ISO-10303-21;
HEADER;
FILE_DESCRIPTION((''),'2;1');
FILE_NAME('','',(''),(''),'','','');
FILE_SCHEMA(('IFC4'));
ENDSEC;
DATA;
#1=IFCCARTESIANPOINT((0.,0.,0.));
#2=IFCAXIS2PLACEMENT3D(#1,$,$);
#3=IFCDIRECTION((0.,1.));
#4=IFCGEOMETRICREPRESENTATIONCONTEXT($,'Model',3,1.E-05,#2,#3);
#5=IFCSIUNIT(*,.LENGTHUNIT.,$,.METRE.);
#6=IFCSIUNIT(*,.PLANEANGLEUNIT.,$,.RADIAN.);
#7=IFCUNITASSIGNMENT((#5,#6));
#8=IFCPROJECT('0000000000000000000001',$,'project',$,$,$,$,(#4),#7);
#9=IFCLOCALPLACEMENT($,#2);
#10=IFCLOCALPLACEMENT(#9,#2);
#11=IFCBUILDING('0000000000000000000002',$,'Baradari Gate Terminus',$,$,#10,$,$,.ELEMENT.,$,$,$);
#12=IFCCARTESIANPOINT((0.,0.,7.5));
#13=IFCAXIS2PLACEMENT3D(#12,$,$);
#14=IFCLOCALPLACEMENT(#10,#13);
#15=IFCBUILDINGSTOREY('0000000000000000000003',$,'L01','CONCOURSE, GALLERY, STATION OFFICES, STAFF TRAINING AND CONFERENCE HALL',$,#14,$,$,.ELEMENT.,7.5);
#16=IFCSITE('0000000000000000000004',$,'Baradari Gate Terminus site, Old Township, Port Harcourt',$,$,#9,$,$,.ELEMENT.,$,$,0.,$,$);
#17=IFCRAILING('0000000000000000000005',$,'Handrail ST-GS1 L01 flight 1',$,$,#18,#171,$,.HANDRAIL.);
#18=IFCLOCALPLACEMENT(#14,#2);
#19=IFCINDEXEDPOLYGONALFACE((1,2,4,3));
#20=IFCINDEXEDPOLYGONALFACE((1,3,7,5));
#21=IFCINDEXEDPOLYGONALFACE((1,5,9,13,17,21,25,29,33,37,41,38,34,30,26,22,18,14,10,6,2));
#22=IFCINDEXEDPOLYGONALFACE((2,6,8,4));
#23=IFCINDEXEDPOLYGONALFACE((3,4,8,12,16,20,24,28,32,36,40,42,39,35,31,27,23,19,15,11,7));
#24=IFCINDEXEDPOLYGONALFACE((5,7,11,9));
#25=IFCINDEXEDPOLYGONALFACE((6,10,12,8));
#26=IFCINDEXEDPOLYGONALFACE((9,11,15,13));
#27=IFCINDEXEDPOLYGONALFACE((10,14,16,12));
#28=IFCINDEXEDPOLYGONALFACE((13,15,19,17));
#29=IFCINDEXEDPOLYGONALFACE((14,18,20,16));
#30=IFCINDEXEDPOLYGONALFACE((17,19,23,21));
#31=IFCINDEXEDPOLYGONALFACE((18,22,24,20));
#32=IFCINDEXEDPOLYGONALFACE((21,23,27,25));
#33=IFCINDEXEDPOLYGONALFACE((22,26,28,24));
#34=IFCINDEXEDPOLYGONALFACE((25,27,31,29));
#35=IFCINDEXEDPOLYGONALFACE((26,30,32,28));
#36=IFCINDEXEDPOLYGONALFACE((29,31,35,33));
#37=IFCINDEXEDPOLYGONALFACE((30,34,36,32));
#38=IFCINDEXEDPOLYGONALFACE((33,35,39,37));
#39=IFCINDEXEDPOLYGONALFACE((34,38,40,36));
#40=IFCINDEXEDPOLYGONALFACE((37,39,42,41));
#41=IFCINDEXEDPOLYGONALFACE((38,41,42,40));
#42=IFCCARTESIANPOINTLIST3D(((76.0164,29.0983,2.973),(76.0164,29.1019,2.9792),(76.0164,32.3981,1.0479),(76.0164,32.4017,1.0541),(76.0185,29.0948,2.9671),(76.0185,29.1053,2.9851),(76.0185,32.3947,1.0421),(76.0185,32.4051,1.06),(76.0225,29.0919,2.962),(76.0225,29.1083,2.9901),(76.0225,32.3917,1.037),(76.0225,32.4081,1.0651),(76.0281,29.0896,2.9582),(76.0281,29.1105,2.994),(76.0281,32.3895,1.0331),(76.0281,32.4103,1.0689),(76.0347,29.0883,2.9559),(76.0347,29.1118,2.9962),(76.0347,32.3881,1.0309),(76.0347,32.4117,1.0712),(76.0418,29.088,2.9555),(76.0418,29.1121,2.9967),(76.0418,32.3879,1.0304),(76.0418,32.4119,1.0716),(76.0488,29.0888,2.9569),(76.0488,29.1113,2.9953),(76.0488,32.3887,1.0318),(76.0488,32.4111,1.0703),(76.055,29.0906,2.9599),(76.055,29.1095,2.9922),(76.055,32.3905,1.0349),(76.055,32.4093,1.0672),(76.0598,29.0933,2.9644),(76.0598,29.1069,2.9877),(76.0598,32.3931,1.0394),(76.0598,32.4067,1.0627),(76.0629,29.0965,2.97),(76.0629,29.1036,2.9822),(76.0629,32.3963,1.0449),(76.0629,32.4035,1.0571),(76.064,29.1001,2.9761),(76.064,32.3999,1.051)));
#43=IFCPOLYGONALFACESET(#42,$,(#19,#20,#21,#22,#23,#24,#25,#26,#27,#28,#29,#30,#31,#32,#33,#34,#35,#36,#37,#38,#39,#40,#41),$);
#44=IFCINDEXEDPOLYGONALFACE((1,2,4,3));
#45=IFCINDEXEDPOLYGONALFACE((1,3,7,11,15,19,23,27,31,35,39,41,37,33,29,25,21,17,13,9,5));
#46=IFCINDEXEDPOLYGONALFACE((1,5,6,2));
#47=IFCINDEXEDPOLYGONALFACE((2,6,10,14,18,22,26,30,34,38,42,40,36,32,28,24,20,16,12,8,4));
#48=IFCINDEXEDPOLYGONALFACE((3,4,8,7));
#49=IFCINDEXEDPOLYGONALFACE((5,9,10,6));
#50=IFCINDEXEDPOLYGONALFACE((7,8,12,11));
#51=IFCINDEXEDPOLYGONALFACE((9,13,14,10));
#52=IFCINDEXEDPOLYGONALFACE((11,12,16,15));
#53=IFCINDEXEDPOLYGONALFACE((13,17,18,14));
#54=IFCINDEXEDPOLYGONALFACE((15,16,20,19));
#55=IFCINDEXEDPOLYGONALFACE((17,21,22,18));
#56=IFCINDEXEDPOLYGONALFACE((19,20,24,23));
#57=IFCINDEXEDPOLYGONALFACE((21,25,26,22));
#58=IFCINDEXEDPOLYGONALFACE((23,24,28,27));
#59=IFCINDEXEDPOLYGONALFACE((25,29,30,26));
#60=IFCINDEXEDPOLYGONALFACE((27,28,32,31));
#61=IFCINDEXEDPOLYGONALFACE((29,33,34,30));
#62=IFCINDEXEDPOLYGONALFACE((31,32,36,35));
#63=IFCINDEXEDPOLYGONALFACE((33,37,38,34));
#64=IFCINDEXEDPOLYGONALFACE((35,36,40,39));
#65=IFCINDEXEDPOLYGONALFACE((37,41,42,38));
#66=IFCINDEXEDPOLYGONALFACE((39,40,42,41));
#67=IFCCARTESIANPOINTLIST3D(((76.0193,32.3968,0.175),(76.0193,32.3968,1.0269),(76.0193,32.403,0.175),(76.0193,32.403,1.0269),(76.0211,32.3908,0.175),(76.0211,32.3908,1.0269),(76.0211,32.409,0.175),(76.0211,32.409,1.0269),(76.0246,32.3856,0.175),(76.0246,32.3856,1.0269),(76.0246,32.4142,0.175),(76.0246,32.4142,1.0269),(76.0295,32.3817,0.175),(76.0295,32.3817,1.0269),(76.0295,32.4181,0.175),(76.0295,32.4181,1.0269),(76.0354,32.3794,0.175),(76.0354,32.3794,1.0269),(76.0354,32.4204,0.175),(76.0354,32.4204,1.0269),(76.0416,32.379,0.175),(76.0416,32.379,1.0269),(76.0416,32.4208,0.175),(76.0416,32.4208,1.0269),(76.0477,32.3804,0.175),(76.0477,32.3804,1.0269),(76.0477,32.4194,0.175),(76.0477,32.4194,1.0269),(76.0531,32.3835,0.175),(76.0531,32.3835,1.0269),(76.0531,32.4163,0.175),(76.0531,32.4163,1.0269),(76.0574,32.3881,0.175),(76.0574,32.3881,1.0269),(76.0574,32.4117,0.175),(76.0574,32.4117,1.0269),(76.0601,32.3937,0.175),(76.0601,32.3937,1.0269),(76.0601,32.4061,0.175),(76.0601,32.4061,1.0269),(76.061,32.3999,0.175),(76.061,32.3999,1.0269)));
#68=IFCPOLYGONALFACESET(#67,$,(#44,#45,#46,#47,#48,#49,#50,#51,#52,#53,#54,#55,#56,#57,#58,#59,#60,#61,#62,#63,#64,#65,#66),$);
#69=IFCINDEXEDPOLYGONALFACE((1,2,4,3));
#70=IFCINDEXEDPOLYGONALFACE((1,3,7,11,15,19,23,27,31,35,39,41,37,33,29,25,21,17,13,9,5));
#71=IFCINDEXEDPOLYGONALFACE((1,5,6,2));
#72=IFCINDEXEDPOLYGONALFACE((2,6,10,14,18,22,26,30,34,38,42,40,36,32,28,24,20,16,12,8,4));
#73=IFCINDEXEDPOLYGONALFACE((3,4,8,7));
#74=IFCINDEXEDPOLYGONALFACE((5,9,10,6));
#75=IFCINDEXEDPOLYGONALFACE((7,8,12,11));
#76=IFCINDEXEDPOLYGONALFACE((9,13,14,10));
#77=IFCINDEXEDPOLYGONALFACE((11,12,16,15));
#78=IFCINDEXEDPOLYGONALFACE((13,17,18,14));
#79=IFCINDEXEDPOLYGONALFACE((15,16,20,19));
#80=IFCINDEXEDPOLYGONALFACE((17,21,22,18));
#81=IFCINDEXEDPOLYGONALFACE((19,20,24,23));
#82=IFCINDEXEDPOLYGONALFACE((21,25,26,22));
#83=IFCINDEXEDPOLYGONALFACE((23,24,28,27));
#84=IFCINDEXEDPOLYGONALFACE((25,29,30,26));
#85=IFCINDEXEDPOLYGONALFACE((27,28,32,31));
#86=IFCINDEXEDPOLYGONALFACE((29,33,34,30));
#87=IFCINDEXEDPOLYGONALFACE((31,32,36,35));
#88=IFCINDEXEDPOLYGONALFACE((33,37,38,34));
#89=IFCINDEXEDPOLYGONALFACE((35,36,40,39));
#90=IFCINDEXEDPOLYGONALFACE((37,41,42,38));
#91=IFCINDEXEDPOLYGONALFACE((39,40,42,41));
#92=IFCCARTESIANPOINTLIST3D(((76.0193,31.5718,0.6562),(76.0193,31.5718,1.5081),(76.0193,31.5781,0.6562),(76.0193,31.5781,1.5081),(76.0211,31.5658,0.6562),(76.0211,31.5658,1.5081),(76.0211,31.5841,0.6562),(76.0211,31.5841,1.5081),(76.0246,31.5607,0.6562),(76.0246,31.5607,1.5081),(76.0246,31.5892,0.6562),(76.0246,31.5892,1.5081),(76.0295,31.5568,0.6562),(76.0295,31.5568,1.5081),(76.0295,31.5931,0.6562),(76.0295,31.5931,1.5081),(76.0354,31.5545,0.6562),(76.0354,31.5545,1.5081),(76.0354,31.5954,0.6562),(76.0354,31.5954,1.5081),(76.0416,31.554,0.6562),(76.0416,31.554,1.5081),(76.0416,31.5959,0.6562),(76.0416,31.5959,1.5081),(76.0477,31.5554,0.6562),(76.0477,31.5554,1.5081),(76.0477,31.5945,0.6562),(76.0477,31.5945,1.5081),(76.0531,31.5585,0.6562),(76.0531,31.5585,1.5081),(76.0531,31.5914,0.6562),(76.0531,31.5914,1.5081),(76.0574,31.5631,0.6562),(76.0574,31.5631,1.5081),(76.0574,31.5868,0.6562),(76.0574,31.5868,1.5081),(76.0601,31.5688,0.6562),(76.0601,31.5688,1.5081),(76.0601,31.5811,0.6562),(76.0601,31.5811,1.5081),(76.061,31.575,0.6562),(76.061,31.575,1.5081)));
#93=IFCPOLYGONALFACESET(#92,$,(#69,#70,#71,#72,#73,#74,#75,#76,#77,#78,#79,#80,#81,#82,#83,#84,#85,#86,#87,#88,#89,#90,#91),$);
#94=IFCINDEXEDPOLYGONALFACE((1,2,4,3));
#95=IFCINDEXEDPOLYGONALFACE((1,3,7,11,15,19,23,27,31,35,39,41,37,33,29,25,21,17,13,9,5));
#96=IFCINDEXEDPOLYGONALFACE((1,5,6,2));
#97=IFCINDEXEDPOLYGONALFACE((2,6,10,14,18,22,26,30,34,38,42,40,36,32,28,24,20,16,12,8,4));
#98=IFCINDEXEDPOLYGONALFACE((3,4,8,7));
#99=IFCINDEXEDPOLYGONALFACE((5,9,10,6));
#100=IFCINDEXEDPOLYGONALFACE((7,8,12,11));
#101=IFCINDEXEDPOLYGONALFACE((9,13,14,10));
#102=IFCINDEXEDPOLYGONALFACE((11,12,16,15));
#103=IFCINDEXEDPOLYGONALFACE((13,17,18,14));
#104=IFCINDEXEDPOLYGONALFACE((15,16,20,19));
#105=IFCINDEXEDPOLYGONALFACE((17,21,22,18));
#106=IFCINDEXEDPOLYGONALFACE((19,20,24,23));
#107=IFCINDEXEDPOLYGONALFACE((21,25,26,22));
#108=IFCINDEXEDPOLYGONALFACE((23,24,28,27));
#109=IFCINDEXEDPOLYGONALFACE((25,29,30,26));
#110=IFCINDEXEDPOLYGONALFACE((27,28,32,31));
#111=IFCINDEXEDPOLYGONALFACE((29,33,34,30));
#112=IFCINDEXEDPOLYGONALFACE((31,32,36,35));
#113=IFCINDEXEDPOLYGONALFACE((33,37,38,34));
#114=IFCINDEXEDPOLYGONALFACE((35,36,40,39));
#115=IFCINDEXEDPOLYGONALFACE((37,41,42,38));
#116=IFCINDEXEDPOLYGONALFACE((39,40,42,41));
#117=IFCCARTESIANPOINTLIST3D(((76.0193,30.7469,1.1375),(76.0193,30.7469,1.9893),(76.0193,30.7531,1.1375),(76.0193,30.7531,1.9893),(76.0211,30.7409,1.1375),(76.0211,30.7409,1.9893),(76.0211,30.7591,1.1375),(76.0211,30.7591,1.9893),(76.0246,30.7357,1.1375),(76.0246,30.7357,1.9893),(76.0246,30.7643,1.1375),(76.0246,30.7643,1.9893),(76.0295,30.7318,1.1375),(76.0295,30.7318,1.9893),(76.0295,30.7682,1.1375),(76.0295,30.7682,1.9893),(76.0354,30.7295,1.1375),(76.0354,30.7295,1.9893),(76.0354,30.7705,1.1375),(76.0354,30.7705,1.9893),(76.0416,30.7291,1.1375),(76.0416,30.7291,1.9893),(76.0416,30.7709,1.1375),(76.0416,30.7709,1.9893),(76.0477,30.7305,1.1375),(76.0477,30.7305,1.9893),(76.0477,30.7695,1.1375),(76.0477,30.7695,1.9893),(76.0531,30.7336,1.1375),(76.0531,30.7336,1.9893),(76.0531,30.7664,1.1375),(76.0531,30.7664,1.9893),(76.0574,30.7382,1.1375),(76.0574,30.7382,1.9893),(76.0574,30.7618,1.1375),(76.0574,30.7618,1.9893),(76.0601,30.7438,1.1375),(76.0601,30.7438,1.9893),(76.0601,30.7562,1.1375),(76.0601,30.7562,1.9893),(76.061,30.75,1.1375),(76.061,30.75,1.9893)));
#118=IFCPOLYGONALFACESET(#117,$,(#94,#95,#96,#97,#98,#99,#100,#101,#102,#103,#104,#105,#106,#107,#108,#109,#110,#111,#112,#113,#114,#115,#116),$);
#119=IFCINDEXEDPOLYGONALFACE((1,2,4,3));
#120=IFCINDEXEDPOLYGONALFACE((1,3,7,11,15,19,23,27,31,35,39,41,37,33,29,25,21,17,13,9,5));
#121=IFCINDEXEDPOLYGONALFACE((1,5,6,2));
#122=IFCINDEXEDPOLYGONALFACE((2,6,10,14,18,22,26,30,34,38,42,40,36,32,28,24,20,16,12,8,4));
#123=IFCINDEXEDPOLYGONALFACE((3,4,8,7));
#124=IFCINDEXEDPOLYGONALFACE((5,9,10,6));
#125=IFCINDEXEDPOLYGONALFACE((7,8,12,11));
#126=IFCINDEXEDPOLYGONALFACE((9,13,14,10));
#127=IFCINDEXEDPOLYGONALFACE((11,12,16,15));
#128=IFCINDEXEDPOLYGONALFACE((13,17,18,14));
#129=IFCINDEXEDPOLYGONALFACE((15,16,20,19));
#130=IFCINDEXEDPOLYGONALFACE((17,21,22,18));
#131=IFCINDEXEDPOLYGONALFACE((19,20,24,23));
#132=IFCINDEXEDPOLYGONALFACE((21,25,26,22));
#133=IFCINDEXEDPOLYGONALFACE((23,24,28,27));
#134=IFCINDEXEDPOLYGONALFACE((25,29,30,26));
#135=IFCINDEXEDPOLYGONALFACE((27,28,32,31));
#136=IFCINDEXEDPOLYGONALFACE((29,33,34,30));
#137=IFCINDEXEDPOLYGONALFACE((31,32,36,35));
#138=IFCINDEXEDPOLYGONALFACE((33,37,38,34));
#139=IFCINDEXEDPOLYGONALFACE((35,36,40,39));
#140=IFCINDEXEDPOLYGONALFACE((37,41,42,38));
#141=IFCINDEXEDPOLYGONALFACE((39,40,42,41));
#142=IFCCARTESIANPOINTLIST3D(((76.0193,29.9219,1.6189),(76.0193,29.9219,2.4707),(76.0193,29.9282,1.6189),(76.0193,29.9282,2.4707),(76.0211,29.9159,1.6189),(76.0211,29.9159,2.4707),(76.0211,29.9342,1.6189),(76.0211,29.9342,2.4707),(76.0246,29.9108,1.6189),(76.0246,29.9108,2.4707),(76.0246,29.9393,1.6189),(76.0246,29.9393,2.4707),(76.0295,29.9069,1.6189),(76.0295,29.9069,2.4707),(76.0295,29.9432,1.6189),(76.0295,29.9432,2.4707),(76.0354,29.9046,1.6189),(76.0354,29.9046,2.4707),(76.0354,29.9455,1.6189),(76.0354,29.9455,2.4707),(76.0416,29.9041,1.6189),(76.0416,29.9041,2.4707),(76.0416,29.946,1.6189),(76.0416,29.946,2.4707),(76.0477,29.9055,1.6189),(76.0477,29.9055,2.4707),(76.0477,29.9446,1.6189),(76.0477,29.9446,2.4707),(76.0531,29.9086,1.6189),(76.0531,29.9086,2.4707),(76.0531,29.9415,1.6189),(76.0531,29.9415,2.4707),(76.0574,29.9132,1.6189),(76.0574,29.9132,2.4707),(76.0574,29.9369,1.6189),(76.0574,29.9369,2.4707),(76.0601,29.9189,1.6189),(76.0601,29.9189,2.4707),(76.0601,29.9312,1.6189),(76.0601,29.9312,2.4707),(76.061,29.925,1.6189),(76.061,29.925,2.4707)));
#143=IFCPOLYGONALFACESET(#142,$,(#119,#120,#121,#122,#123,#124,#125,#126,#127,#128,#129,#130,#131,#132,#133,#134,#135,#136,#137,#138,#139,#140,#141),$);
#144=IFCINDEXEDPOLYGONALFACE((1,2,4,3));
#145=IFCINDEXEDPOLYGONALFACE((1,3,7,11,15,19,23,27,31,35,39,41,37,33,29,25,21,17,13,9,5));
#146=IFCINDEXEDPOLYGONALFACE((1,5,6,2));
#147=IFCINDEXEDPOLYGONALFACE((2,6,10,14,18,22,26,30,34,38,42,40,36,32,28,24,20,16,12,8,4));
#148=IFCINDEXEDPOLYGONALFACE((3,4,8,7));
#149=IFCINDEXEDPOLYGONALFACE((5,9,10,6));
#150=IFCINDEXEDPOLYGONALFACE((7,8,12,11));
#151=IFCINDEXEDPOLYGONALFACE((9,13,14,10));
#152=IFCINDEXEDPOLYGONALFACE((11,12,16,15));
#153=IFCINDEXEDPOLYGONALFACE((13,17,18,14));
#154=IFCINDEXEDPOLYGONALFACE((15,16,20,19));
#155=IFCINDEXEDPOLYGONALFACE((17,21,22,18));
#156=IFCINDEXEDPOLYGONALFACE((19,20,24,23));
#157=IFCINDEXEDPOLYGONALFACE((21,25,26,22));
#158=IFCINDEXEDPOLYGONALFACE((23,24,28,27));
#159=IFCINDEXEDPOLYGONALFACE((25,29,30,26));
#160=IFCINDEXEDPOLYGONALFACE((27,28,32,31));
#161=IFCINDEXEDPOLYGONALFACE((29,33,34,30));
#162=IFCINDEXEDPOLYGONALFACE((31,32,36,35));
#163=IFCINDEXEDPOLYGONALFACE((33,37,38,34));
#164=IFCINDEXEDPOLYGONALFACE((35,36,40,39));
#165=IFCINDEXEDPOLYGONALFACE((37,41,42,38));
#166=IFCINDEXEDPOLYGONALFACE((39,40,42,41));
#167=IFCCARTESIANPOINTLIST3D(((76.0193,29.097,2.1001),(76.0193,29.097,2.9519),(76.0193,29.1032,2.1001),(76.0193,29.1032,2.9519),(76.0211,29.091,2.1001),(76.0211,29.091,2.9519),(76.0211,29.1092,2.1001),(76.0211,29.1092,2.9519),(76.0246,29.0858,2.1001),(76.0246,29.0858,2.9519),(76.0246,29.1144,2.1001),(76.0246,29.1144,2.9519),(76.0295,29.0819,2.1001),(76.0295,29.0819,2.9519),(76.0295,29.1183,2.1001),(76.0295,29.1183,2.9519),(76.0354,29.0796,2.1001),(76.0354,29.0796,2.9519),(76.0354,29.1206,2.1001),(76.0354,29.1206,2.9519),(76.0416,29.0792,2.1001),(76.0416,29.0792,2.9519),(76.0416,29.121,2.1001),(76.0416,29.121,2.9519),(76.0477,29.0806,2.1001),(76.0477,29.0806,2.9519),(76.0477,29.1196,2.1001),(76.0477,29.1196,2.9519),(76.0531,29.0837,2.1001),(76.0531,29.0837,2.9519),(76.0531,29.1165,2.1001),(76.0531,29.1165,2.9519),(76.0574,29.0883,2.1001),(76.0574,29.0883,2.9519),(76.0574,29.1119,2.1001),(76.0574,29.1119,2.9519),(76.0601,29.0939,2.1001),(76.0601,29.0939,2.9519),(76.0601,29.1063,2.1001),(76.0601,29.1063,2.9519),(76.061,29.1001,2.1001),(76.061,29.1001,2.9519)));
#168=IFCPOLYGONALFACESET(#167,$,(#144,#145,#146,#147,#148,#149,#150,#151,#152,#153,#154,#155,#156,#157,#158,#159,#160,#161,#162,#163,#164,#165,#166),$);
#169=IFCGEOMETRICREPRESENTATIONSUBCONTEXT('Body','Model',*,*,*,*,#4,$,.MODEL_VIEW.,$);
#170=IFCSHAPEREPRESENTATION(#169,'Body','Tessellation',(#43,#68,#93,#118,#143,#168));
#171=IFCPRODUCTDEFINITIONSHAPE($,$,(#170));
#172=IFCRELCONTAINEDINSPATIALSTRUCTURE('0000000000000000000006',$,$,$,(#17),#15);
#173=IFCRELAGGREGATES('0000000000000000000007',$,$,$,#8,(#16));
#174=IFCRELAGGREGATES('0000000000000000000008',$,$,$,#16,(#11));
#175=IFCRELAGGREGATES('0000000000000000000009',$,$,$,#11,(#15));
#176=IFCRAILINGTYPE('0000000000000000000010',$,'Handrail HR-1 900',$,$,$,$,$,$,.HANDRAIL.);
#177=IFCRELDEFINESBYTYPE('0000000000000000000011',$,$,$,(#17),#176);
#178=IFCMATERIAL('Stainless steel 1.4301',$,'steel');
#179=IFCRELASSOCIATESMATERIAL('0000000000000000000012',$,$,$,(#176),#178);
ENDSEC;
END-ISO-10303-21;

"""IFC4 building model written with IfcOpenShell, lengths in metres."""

from ifc_helpers import new_model, si_unit, direction, frame, origin, origin_2d, place, context, subcontext, project, spatial, circle, extrude, material, type_object, element, save


model = new_model("IFC4")

# Units and contexts
model_context = context("Model", 3, precision=1e-05, world=origin(), true_north=direction((0.0, 1.0)))
body_context = subcontext(model_context, "Body", "Model", "MODEL_VIEW")
ifc_project = project(units=[si_unit("LENGTHUNIT", "METRE"), si_unit("PLANEANGLEUNIT", "RADIAN")], contexts=[model_context])

# Site, building, storey
site_placement = place(None, origin())
site = spatial("IfcSite", under=ifc_project, at=site_placement, Name="Baradari Gate Terminus site, Old Township, Port Harcourt", CompositionType="ELEMENT", RefElevation=0.0)
building_placement = place(site_placement, origin())
building = spatial("IfcBuilding", under=site, at=building_placement, Name="Baradari Gate Terminus", CompositionType="ELEMENT")
storey_placement = place(building_placement, frame((0.0, 0.0, 7.5)))
storey = spatial("IfcBuildingStorey", under=building, at=storey_placement, Name="L01", Description="CONCOURSE, GALLERY, STATION OFFICES, STAFF TRAINING AND CONFERENCE HALL", CompositionType="ELEMENT", Elevation=7.5)

# Railing
ifc_material_1 = material(Name="Stainless steel 1.4301", Category="steel")
railing_type = type_object("IfcRailingType", Name="Handrail HR-1 900", PredefinedType="HANDRAIL", material=ifc_material_1)
for number, where, name in (
    (1, (76.04, 32.3999, 0.175), "Handrail ST-GS1 L01 flight 1"),
):
    element("IfcRailing", number, at=place(storey_placement, frame(where)), inside=storey, type_object=railing_type, Name=name, PredefinedType="HANDRAIL", context=body_context, shape_type="SweptSolid", body=[
        extrude(circle(Radius=0.0239, at=origin_2d()), frame((0.0, 0.0, 0.876), z_axis=(0.0, -0.86376, 0.503903), x_axis=(1.0, 0.0, 0.0)), (0.0, 0.0, 1.0), 3.8203),
        extrude(circle(Radius=0.021, at=origin_2d()), origin(), (0.0, 0.0, 1.0), 0.8518),
        extrude(circle(Radius=0.021, at=origin_2d()), frame((0.0, -0.825, 0.4812)), (0.0, 0.0, 1.0), 0.8518),
        extrude(circle(Radius=0.021, at=origin_2d()), frame((0.0, -1.6499, 0.9624)), (0.0, 0.0, 1.0), 0.8518),
        extrude(circle(Radius=0.021, at=origin_2d()), frame((0.0, -2.4749, 1.4438)), (0.0, 0.0, 1.0), 0.8518),
        extrude(circle(Radius=0.021, at=origin_2d()), frame((0.0, -3.2998, 1.925)), (0.0, 0.0, 1.0), 0.8518),
    ])

save(model, "model.ifc")
